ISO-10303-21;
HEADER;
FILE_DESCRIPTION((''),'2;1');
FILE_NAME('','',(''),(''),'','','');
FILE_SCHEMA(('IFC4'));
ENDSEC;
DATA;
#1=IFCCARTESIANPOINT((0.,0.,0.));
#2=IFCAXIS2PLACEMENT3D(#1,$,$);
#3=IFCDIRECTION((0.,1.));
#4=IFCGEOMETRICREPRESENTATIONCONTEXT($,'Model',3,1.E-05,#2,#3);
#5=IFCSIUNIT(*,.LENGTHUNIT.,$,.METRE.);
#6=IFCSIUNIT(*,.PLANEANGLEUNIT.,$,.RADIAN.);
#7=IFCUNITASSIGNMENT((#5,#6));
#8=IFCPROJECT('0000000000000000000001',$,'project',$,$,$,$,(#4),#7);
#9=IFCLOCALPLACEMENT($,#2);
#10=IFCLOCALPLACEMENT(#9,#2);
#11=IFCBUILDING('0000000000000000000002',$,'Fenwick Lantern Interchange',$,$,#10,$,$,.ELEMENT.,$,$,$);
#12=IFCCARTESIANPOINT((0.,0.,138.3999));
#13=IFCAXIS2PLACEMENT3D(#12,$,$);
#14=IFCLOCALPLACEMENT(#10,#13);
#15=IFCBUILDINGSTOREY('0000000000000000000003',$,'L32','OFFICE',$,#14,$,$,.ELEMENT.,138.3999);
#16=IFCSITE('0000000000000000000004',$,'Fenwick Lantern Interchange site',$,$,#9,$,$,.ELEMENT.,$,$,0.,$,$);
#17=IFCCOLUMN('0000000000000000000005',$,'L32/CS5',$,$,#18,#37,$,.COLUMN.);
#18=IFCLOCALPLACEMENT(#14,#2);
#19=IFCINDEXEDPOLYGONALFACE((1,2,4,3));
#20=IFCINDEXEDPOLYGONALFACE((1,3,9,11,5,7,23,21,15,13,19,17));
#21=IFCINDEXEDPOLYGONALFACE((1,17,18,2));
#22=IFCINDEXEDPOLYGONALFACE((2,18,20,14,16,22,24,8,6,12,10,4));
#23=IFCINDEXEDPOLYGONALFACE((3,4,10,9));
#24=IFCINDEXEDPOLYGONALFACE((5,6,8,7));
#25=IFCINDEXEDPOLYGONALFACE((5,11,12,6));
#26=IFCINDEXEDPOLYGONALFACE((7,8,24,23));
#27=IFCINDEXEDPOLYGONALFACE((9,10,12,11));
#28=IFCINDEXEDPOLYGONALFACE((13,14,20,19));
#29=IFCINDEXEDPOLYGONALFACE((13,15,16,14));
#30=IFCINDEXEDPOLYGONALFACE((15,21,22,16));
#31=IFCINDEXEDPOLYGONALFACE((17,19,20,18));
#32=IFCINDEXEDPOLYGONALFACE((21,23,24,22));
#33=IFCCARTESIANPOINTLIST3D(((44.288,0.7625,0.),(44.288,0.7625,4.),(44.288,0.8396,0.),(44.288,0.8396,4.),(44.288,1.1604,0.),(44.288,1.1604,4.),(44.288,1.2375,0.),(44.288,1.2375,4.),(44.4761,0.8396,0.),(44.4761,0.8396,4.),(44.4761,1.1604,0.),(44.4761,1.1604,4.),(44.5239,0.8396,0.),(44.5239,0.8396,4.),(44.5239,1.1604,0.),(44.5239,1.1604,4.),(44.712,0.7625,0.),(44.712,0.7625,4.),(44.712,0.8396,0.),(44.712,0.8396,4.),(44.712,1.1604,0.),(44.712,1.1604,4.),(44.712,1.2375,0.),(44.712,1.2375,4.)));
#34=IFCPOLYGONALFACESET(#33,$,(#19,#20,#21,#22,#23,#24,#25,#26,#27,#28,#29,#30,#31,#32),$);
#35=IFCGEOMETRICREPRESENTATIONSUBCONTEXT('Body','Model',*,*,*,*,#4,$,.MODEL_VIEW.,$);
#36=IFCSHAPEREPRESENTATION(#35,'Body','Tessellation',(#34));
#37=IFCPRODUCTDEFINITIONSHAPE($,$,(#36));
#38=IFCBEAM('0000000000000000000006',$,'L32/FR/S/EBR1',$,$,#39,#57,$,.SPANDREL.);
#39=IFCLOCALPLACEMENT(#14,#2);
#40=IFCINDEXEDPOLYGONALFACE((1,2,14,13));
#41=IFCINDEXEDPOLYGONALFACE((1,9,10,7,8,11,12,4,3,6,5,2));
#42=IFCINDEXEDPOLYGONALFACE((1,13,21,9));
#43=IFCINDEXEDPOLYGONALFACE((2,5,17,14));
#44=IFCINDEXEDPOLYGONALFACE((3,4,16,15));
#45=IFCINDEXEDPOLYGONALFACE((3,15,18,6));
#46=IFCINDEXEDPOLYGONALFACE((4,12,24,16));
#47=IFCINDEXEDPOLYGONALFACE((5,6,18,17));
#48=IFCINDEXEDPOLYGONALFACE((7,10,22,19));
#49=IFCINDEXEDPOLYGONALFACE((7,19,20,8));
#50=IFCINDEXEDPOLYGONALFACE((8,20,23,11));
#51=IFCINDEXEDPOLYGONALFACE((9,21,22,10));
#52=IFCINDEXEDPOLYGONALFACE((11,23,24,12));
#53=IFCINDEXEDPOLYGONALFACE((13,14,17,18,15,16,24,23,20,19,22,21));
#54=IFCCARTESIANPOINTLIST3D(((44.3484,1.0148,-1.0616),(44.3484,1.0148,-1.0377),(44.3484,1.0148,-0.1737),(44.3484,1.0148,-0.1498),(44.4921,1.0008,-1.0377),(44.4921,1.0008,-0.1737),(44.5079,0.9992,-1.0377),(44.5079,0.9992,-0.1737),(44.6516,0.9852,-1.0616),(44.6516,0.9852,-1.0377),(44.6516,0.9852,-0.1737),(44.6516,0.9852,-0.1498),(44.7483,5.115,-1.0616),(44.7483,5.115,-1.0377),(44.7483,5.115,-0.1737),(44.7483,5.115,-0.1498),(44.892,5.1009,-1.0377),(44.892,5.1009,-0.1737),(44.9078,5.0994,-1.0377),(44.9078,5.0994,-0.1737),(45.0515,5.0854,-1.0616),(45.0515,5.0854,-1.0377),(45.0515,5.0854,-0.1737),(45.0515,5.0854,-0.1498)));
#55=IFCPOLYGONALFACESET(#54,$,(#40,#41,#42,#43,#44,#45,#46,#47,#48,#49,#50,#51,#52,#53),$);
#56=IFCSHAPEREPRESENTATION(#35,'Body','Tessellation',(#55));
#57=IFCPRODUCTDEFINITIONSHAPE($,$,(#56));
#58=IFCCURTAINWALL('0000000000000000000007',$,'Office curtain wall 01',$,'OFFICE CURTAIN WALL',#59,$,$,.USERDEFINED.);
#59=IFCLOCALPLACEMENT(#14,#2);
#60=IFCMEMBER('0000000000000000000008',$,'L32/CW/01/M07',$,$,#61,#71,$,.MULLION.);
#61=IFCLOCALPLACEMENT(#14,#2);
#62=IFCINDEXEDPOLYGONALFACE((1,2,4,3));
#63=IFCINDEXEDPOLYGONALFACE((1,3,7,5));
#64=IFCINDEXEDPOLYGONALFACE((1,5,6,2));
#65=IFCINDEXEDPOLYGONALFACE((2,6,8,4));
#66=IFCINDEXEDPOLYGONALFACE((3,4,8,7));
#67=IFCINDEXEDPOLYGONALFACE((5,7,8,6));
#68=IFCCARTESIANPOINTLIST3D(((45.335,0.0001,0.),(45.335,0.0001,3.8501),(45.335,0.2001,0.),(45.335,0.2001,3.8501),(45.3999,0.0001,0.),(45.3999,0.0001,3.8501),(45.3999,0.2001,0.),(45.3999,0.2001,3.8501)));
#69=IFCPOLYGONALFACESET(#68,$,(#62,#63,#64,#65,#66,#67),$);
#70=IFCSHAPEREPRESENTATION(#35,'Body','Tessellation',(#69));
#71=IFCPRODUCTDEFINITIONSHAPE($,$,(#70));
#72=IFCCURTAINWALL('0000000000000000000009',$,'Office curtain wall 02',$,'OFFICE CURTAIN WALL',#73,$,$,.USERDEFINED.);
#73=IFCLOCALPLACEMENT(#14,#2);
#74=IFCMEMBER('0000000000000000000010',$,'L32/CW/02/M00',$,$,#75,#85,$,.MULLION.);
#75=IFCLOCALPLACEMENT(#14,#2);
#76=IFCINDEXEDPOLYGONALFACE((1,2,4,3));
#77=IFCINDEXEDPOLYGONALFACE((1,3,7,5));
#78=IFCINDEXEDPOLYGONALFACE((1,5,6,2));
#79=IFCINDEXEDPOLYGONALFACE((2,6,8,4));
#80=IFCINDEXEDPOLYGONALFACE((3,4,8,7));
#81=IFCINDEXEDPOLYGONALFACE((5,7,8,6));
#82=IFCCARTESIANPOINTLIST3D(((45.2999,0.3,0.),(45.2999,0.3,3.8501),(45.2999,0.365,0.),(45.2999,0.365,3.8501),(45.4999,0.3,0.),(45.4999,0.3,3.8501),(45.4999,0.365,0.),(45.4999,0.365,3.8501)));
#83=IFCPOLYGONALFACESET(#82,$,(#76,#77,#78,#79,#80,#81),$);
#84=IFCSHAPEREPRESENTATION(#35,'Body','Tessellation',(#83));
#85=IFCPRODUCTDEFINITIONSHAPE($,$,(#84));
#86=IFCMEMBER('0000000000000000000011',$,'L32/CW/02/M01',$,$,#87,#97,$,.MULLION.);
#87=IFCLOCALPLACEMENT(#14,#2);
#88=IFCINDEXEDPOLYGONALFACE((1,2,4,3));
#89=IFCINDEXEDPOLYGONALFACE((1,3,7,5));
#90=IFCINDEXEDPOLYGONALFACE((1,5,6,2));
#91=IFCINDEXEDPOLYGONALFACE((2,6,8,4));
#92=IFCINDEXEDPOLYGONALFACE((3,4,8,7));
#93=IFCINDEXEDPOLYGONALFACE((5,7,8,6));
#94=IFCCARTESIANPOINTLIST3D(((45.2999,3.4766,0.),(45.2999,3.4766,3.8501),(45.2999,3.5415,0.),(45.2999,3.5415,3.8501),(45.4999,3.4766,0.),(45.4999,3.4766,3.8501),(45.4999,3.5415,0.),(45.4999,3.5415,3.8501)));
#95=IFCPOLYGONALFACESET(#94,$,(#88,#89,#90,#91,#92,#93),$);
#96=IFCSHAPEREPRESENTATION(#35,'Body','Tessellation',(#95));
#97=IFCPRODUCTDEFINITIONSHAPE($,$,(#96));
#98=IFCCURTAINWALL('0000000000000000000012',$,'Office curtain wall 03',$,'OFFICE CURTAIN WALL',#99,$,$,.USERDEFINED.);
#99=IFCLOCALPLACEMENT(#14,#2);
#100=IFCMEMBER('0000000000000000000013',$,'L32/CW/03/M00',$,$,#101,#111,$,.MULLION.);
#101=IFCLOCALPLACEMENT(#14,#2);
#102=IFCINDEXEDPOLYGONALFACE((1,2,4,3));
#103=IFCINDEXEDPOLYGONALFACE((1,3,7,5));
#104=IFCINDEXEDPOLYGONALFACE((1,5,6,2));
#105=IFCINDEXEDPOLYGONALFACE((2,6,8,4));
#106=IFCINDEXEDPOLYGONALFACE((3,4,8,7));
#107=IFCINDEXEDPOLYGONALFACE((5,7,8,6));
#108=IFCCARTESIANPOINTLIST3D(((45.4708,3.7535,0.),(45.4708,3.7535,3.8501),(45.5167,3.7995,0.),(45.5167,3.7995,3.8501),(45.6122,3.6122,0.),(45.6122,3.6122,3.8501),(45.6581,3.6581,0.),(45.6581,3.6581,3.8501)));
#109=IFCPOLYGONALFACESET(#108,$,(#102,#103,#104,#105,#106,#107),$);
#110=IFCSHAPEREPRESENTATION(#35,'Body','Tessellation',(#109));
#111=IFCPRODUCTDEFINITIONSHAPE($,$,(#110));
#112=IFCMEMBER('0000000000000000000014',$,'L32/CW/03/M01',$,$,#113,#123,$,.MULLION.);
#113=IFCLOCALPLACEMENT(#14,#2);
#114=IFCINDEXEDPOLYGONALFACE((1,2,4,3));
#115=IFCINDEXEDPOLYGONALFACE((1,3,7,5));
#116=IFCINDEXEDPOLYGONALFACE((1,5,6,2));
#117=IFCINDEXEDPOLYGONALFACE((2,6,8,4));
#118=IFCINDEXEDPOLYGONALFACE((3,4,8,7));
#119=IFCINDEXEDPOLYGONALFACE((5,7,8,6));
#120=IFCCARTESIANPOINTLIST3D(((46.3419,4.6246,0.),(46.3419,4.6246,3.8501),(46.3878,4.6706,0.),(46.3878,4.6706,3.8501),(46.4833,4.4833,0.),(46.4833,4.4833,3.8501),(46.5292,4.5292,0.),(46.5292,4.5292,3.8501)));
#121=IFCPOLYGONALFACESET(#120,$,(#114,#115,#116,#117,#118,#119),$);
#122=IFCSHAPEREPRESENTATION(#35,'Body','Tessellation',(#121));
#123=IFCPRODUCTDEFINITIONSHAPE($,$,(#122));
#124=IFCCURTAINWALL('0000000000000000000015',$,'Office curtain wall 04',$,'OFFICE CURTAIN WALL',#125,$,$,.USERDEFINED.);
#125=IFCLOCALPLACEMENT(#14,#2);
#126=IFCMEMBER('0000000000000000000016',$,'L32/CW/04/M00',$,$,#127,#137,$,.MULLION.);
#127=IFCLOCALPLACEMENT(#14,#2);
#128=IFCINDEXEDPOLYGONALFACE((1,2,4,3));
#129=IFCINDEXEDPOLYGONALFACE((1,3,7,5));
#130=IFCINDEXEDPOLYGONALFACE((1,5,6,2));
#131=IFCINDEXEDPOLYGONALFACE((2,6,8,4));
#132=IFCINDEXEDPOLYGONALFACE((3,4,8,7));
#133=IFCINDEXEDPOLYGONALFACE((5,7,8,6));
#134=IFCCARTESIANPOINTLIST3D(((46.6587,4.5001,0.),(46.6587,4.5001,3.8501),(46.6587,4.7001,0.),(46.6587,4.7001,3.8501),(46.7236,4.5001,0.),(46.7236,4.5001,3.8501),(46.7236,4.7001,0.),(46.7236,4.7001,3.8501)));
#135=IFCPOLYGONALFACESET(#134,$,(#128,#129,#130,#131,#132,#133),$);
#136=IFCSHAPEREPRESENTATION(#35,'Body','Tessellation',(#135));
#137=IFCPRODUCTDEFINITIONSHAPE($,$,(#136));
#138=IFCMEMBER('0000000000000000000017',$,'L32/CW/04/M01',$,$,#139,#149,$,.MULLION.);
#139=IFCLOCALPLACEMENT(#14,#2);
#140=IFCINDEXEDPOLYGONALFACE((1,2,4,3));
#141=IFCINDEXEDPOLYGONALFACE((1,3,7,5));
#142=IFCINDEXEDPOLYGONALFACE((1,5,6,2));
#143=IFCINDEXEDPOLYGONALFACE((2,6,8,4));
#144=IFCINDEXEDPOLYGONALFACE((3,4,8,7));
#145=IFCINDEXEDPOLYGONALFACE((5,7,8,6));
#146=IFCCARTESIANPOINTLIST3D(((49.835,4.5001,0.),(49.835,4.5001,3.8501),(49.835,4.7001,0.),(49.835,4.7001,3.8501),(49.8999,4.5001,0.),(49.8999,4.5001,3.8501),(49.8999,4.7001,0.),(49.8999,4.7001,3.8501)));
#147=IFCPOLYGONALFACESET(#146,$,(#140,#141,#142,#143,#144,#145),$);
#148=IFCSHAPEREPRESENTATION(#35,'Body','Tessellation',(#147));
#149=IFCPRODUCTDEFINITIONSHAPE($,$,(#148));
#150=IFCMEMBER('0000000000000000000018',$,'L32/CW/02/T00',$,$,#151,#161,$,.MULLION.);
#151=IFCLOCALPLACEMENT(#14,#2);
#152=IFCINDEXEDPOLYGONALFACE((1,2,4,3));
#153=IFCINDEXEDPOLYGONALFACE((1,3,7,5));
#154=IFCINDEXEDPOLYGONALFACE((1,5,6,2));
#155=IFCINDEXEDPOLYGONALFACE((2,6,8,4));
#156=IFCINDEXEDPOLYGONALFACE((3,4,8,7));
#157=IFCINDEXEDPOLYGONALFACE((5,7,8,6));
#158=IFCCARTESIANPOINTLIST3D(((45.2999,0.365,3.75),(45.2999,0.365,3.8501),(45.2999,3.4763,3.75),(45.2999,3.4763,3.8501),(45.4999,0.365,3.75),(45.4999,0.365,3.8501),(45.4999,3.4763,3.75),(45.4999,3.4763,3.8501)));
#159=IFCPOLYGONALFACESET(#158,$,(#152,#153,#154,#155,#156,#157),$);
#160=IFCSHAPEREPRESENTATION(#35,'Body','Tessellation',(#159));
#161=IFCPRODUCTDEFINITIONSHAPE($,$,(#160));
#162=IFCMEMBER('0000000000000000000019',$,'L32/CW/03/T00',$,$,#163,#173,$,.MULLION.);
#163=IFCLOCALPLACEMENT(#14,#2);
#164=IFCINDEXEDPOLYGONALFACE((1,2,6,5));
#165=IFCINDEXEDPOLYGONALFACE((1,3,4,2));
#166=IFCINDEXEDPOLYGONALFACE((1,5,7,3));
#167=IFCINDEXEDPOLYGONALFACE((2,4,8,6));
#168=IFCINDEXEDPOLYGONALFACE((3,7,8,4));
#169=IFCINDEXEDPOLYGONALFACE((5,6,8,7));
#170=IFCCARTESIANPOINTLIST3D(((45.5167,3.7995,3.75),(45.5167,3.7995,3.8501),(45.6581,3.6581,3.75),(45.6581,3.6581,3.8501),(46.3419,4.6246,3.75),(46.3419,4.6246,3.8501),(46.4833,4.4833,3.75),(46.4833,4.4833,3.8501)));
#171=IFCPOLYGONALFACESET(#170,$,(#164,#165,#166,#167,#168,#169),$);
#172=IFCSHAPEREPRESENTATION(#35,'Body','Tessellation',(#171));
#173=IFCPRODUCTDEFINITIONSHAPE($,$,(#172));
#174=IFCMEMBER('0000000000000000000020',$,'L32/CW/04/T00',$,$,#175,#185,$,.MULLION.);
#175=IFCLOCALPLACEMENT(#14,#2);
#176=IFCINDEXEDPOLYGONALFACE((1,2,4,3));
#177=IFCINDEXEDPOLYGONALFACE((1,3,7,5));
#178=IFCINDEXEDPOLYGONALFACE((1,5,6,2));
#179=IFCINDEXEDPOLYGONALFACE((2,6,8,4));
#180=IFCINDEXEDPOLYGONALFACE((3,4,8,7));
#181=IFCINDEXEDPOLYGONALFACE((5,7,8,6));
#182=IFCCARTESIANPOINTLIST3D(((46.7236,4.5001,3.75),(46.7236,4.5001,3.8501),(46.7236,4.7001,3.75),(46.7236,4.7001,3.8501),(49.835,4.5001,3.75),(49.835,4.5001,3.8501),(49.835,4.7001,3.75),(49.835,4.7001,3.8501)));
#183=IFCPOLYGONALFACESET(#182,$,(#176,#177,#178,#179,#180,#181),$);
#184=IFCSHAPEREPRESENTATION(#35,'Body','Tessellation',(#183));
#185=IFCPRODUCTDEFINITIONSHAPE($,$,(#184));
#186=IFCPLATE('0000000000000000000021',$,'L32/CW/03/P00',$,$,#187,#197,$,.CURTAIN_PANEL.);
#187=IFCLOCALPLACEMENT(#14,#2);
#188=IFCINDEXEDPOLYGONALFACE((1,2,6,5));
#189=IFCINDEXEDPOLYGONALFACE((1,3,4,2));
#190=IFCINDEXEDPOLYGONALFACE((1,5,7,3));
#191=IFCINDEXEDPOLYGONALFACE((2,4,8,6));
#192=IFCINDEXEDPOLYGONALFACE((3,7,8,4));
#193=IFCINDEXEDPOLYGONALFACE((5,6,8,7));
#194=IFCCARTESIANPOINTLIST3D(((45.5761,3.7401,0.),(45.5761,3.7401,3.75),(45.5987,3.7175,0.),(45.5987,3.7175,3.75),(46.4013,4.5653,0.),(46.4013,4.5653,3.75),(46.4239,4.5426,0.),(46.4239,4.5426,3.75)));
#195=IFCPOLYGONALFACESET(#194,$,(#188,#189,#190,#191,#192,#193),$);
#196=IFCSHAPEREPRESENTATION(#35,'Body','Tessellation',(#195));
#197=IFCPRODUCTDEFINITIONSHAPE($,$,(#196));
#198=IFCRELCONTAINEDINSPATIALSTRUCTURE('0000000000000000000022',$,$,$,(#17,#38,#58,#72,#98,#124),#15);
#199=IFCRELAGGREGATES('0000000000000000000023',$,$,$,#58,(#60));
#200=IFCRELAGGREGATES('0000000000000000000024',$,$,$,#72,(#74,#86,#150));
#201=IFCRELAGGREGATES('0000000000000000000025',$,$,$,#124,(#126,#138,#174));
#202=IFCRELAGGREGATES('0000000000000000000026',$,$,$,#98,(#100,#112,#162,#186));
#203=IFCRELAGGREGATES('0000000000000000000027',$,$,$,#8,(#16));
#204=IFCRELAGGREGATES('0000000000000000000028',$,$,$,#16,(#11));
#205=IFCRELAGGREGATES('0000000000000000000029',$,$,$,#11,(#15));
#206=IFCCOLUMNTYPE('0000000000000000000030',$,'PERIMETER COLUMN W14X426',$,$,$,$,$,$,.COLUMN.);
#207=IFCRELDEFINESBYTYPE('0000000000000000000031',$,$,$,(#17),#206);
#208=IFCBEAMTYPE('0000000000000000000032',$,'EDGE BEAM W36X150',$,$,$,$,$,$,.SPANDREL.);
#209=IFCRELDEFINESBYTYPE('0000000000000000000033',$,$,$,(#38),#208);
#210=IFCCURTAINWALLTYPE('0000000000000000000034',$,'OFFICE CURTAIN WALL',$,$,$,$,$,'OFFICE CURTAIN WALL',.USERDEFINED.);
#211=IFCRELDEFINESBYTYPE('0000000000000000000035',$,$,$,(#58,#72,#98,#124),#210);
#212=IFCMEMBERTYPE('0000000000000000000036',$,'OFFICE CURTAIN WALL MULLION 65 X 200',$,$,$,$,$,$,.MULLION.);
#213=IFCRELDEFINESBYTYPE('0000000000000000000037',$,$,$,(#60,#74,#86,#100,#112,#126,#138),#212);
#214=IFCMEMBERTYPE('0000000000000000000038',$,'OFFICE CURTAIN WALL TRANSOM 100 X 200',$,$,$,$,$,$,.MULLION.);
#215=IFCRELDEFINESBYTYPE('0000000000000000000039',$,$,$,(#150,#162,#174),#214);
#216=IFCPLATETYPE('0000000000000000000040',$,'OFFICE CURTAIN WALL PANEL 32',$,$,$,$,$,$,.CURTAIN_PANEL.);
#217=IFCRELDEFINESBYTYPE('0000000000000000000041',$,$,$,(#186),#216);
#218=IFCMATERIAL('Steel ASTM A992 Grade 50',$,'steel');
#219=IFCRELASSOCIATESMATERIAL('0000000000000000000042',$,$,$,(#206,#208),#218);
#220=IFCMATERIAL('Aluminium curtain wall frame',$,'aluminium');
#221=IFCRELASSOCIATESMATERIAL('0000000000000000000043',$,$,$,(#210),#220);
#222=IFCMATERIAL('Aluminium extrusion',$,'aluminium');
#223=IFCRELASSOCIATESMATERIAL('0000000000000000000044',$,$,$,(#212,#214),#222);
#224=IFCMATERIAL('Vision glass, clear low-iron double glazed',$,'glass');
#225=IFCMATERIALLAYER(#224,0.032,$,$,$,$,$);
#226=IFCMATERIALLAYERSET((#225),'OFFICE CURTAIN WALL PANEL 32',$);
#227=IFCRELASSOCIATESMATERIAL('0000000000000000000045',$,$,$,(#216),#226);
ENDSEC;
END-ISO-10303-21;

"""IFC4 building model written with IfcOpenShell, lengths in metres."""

from ifc_helpers import new_model, si_unit, direction, frame, origin, origin_2d, place, context, subcontext, project, spatial, rectangle, i_section, extrude, material, layer, layer_set, material_profile, profile_set, type_object, element, aggregate, save


model = new_model("IFC4")

# Units and contexts
model_context = context("Model", 3, precision=1e-05, world=origin(), true_north=direction((0.0, 1.0)))
body_context = subcontext(model_context, "Body", "Model", "MODEL_VIEW")
ifc_project = project(units=[si_unit("LENGTHUNIT", "METRE"), si_unit("PLANEANGLEUNIT", "RADIAN")], contexts=[model_context])

# Site, building, storey
site_placement = place(None, origin())
site = spatial("IfcSite", under=ifc_project, at=site_placement, Name="Fenwick Lantern Interchange site", CompositionType="ELEMENT", RefElevation=0.0)
building_placement = place(site_placement, origin())
building = spatial("IfcBuilding", under=site, at=building_placement, Name="Fenwick Lantern Interchange", CompositionType="ELEMENT")
storey_placement = place(building_placement, frame((0.0, 0.0, 138.3999)))
storey = spatial("IfcBuildingStorey", under=building, at=storey_placement, Name="L32", Description="OFFICE", CompositionType="ELEMENT", Elevation=138.3999)

# Column
ifc_material_1 = material(Name="Steel ASTM A992 Grade 50", Category="steel")
ifc_material_profile_1 = material_profile(ifc_material_1, i_section(OverallWidth=0.4241, OverallDepth=0.4751, WebThickness=0.0479, FlangeThickness=0.0771, at=origin_2d()), Name="W14X426")
ifc_profile_set_1 = profile_set([ifc_material_profile_1], Name="Steel ASTM A992 Grade 50")
column_type = type_object("IfcColumnType", Name="PERIMETER COLUMN W14X426", PredefinedType="COLUMN", material=ifc_profile_set_1)
column_placement = place(storey_placement, frame((44.5, 1.0, 0.0), z_axis=(0.0, 0.0, 1.0), x_axis=(1.0, 0.0, 0.0)))
element("IfcColumn", 1, at=column_placement, inside=storey, type_object=column_type, Name="L32/CS5", PredefinedType="COLUMN", context=body_context, shape_type="SweptSolid", body=[
    extrude(i_section(OverallWidth=0.4241, OverallDepth=0.4751, WebThickness=0.0479, FlangeThickness=0.0771, at=origin_2d()), origin(), (0.0, 0.0, 1.0), 4.0),
])

# Beam
ifc_material_profile_2 = material_profile(ifc_material_1, i_section(OverallWidth=0.3047, OverallDepth=0.9119, WebThickness=0.0159, FlangeThickness=0.0239, at=origin_2d()), Name="W36X150")
ifc_profile_set_2 = profile_set([ifc_material_profile_2], Name="Steel ASTM A992 Grade 50")
beam_type = type_object("IfcBeamType", Name="EDGE BEAM W36X150", PredefinedType="SPANDREL", material=ifc_profile_set_2)
beam_placement = place(storey_placement, frame((44.5, 1.0, -0.6057), z_axis=(0.097074, 0.995277, 0.0), x_axis=(-0.995277, 0.097074, 0.0)))
element("IfcBeam", 2, at=beam_placement, inside=storey, type_object=beam_type, Name="L32/FR/S/EBR1", PredefinedType="SPANDREL", context=body_context, shape_type="SweptSolid", body=[
    extrude(i_section(OverallWidth=0.3047, OverallDepth=0.9119, WebThickness=0.0159, FlangeThickness=0.0239, at=origin_2d()), origin(), (0.0, 0.0, 1.0), 4.1196),
])

# Curtain wall, member
ifc_material_2 = material(Name="Aluminium curtain wall frame", Category="aluminium")
curtain_wall_type = type_object("IfcCurtainWallType", Name="OFFICE CURTAIN WALL", ElementType="OFFICE CURTAIN WALL", PredefinedType="USERDEFINED", material=ifc_material_2)
curtain_wall_1_placement = place(storey_placement, origin())
curtain_wall_1 = element("IfcCurtainWall", 3, at=curtain_wall_1_placement, inside=storey, type_object=curtain_wall_type, Name="Office curtain wall 01", ObjectType="OFFICE CURTAIN WALL", PredefinedType="USERDEFINED")
ifc_material_3 = material(Name="Aluminium extrusion", Category="aluminium")
ifc_material_profile_3 = material_profile(ifc_material_3, rectangle(XDim=0.2, YDim=0.0649, at=origin_2d()), Name="OFFICE CURTAIN WALL MULLION 65 X 200")
ifc_profile_set_3 = profile_set([ifc_material_profile_3], Name="Aluminium extrusion")
member_type_1 = type_object("IfcMemberType", Name="OFFICE CURTAIN WALL MULLION 65 X 200", PredefinedType="MULLION", material=ifc_profile_set_3)
member_1_placement = place(storey_placement, frame((45.3674, 0.1001, 0.0), z_axis=(0.0, 0.0, 1.0), x_axis=(0.0, 1.0, 0.0)))
member_1 = element("IfcMember", 4, at=member_1_placement, type_object=member_type_1, Name="L32/CW/01/M07", PredefinedType="MULLION", context=body_context, shape_type="SweptSolid", body=[
    extrude(rectangle(XDim=0.2, YDim=0.0649, at=origin_2d()), origin(), (0.0, 0.0, 1.0), 3.8501),
])
aggregate(curtain_wall_1, [member_1])

# Curtain walls, members
curtain_wall_2_placement = place(storey_placement, origin())
curtain_wall_2 = element("IfcCurtainWall", 5, at=curtain_wall_2_placement, inside=storey, type_object=curtain_wall_type, Name="Office curtain wall 02", ObjectType="OFFICE CURTAIN WALL", PredefinedType="USERDEFINED")
member_2_placement = place(storey_placement, frame((45.3999, 0.3325, 0.0), z_axis=(0.0, 0.0, 1.0), x_axis=(-1.0, 0.0, 0.0)))
member_2 = element("IfcMember", 6, at=member_2_placement, type_object=member_type_1, Name="L32/CW/02/M00", PredefinedType="MULLION", context=body_context, shape_type="SweptSolid", body=[
    extrude(rectangle(XDim=0.2, YDim=0.0649, at=origin_2d()), origin(), (0.0, 0.0, 1.0), 3.8501),
])
member_3_placement = place(storey_placement, frame((45.3999, 3.509, 0.0), z_axis=(0.0, 0.0, 1.0), x_axis=(-1.0, 0.0, 0.0)))
member_3 = element("IfcMember", 7, at=member_3_placement, type_object=member_type_1, Name="L32/CW/02/M01", PredefinedType="MULLION", context=body_context, shape_type="SweptSolid", body=[
    extrude(rectangle(XDim=0.2, YDim=0.0649, at=origin_2d()), origin(), (0.0, 0.0, 1.0), 3.8501),
])
curtain_wall_3_placement = place(storey_placement, origin())
curtain_wall_3 = element("IfcCurtainWall", 8, at=curtain_wall_3_placement, inside=storey, type_object=curtain_wall_type, Name="Office curtain wall 03", ObjectType="OFFICE CURTAIN WALL", PredefinedType="USERDEFINED")
member_4_placement = place(storey_placement, frame((45.5645, 3.7058, 0.0), z_axis=(0.0, 0.0, 1.0), x_axis=(-0.707107, 0.707107, 0.0)))
member_4 = element("IfcMember", 9, at=member_4_placement, type_object=member_type_1, Name="L32/CW/03/M00", PredefinedType="MULLION", context=body_context, shape_type="SweptSolid", body=[
    extrude(rectangle(XDim=0.2, YDim=0.0649, at=origin_2d()), origin(), (0.0, 0.0, 1.0), 3.8501),
])
member_5_placement = place(storey_placement, frame((46.4355, 4.5769, 0.0), z_axis=(0.0, 0.0, 1.0), x_axis=(-0.707107, 0.707107, 0.0)))
member_5 = element("IfcMember", 10, at=member_5_placement, type_object=member_type_1, Name="L32/CW/03/M01", PredefinedType="MULLION", context=body_context, shape_type="SweptSolid", body=[
    extrude(rectangle(XDim=0.2, YDim=0.0649, at=origin_2d()), origin(), (0.0, 0.0, 1.0), 3.8501),
])
curtain_wall_4_placement = place(storey_placement, origin())
curtain_wall_4 = element("IfcCurtainWall", 11, at=curtain_wall_4_placement, inside=storey, type_object=curtain_wall_type, Name="Office curtain wall 04", ObjectType="OFFICE CURTAIN WALL", PredefinedType="USERDEFINED")
member_6_placement = place(storey_placement, frame((46.6912, 4.6001, 0.0), z_axis=(0.0, 0.0, 1.0), x_axis=(0.0, 1.0, 0.0)))
member_6 = element("IfcMember", 12, at=member_6_placement, type_object=member_type_1, Name="L32/CW/04/M00", PredefinedType="MULLION", context=body_context, shape_type="SweptSolid", body=[
    extrude(rectangle(XDim=0.2, YDim=0.0649, at=origin_2d()), origin(), (0.0, 0.0, 1.0), 3.8501),
])
member_7_placement = place(storey_placement, frame((49.8674, 4.6001, 0.0), z_axis=(0.0, 0.0, 1.0), x_axis=(0.0, 1.0, 0.0)))
member_7 = element("IfcMember", 13, at=member_7_placement, type_object=member_type_1, Name="L32/CW/04/M01", PredefinedType="MULLION", context=body_context, shape_type="SweptSolid", body=[
    extrude(rectangle(XDim=0.2, YDim=0.0649, at=origin_2d()), origin(), (0.0, 0.0, 1.0), 3.8501),
])

# Members
ifc_material_profile_4 = material_profile(ifc_material_3, rectangle(XDim=0.2, YDim=0.1001, at=origin_2d()), Name="OFFICE CURTAIN WALL TRANSOM 100 X 200")
ifc_profile_set_4 = profile_set([ifc_material_profile_4], Name="Aluminium extrusion")
member_type_2 = type_object("IfcMemberType", Name="OFFICE CURTAIN WALL TRANSOM 100 X 200", PredefinedType="MULLION", material=ifc_profile_set_4)
member_8_placement = place(storey_placement, frame((45.3999, 0.365, 3.8), z_axis=(0.0, 1.0, 0.0), x_axis=(-1.0, 0.0, 0.0)))
member_8 = element("IfcMember", 14, at=member_8_placement, type_object=member_type_2, Name="L32/CW/02/T00", PredefinedType="MULLION", context=body_context, shape_type="SweptSolid", body=[
    extrude(rectangle(XDim=0.2, YDim=0.1001, at=origin_2d()), origin(), (0.0, 0.0, 1.0), 3.1113),
])
aggregate(curtain_wall_2, [member_2, member_3, member_8])
member_9_placement = place(storey_placement, frame((45.5874, 3.7288, 3.8), z_axis=(0.707107, 0.707107, 0.0), x_axis=(-0.707107, 0.707107, 0.0)))
member_9 = element("IfcMember", 15, at=member_9_placement, type_object=member_type_2, Name="L32/CW/03/T00", PredefinedType="MULLION", context=body_context, shape_type="SweptSolid", body=[
    extrude(rectangle(XDim=0.2, YDim=0.1001, at=origin_2d()), origin(), (0.0, 0.0, 1.0), 1.167),
])
member_10_placement = place(storey_placement, frame((46.7236, 4.6001, 3.8), z_axis=(1.0, 0.0, 0.0), x_axis=(0.0, 1.0, 0.0)))
member_10 = element("IfcMember", 16, at=member_10_placement, type_object=member_type_2, Name="L32/CW/04/T00", PredefinedType="MULLION", context=body_context, shape_type="SweptSolid", body=[
    extrude(rectangle(XDim=0.2, YDim=0.1001, at=origin_2d()), origin(), (0.0, 0.0, 1.0), 3.1113),
])
aggregate(curtain_wall_4, [member_6, member_7, member_10])

# Plate
ifc_material_4 = material(Name="Vision glass, clear low-iron double glazed", Category="glass")
ifc_layer_1 = layer(ifc_material_4, 0.032)
ifc_layer_set_1 = layer_set([ifc_layer_1], Name="OFFICE CURTAIN WALL PANEL 32")
plate_type = type_object("IfcPlateType", Name="OFFICE CURTAIN WALL PANEL 32", PredefinedType="CURTAIN_PANEL", material=ifc_layer_set_1)
plate_1_placement = place(storey_placement, frame((46.0, 4.1414, 0.0), z_axis=(0.0, 0.0, 1.0), x_axis=(0.707107, 0.707107, 0.0)))
plate_1 = element("IfcPlate", 17, at=plate_1_placement, type_object=plate_type, Name="L32/CW/03/P00", PredefinedType="CURTAIN_PANEL", context=body_context, shape_type="SweptSolid", body=[
    extrude(rectangle(XDim=1.167, YDim=0.032, at=origin_2d()), origin(), (0.0, 0.0, 1.0), 3.75),
])
aggregate(curtain_wall_3, [member_4, member_5, member_9, plate_1])

save(model, "model.ifc")
